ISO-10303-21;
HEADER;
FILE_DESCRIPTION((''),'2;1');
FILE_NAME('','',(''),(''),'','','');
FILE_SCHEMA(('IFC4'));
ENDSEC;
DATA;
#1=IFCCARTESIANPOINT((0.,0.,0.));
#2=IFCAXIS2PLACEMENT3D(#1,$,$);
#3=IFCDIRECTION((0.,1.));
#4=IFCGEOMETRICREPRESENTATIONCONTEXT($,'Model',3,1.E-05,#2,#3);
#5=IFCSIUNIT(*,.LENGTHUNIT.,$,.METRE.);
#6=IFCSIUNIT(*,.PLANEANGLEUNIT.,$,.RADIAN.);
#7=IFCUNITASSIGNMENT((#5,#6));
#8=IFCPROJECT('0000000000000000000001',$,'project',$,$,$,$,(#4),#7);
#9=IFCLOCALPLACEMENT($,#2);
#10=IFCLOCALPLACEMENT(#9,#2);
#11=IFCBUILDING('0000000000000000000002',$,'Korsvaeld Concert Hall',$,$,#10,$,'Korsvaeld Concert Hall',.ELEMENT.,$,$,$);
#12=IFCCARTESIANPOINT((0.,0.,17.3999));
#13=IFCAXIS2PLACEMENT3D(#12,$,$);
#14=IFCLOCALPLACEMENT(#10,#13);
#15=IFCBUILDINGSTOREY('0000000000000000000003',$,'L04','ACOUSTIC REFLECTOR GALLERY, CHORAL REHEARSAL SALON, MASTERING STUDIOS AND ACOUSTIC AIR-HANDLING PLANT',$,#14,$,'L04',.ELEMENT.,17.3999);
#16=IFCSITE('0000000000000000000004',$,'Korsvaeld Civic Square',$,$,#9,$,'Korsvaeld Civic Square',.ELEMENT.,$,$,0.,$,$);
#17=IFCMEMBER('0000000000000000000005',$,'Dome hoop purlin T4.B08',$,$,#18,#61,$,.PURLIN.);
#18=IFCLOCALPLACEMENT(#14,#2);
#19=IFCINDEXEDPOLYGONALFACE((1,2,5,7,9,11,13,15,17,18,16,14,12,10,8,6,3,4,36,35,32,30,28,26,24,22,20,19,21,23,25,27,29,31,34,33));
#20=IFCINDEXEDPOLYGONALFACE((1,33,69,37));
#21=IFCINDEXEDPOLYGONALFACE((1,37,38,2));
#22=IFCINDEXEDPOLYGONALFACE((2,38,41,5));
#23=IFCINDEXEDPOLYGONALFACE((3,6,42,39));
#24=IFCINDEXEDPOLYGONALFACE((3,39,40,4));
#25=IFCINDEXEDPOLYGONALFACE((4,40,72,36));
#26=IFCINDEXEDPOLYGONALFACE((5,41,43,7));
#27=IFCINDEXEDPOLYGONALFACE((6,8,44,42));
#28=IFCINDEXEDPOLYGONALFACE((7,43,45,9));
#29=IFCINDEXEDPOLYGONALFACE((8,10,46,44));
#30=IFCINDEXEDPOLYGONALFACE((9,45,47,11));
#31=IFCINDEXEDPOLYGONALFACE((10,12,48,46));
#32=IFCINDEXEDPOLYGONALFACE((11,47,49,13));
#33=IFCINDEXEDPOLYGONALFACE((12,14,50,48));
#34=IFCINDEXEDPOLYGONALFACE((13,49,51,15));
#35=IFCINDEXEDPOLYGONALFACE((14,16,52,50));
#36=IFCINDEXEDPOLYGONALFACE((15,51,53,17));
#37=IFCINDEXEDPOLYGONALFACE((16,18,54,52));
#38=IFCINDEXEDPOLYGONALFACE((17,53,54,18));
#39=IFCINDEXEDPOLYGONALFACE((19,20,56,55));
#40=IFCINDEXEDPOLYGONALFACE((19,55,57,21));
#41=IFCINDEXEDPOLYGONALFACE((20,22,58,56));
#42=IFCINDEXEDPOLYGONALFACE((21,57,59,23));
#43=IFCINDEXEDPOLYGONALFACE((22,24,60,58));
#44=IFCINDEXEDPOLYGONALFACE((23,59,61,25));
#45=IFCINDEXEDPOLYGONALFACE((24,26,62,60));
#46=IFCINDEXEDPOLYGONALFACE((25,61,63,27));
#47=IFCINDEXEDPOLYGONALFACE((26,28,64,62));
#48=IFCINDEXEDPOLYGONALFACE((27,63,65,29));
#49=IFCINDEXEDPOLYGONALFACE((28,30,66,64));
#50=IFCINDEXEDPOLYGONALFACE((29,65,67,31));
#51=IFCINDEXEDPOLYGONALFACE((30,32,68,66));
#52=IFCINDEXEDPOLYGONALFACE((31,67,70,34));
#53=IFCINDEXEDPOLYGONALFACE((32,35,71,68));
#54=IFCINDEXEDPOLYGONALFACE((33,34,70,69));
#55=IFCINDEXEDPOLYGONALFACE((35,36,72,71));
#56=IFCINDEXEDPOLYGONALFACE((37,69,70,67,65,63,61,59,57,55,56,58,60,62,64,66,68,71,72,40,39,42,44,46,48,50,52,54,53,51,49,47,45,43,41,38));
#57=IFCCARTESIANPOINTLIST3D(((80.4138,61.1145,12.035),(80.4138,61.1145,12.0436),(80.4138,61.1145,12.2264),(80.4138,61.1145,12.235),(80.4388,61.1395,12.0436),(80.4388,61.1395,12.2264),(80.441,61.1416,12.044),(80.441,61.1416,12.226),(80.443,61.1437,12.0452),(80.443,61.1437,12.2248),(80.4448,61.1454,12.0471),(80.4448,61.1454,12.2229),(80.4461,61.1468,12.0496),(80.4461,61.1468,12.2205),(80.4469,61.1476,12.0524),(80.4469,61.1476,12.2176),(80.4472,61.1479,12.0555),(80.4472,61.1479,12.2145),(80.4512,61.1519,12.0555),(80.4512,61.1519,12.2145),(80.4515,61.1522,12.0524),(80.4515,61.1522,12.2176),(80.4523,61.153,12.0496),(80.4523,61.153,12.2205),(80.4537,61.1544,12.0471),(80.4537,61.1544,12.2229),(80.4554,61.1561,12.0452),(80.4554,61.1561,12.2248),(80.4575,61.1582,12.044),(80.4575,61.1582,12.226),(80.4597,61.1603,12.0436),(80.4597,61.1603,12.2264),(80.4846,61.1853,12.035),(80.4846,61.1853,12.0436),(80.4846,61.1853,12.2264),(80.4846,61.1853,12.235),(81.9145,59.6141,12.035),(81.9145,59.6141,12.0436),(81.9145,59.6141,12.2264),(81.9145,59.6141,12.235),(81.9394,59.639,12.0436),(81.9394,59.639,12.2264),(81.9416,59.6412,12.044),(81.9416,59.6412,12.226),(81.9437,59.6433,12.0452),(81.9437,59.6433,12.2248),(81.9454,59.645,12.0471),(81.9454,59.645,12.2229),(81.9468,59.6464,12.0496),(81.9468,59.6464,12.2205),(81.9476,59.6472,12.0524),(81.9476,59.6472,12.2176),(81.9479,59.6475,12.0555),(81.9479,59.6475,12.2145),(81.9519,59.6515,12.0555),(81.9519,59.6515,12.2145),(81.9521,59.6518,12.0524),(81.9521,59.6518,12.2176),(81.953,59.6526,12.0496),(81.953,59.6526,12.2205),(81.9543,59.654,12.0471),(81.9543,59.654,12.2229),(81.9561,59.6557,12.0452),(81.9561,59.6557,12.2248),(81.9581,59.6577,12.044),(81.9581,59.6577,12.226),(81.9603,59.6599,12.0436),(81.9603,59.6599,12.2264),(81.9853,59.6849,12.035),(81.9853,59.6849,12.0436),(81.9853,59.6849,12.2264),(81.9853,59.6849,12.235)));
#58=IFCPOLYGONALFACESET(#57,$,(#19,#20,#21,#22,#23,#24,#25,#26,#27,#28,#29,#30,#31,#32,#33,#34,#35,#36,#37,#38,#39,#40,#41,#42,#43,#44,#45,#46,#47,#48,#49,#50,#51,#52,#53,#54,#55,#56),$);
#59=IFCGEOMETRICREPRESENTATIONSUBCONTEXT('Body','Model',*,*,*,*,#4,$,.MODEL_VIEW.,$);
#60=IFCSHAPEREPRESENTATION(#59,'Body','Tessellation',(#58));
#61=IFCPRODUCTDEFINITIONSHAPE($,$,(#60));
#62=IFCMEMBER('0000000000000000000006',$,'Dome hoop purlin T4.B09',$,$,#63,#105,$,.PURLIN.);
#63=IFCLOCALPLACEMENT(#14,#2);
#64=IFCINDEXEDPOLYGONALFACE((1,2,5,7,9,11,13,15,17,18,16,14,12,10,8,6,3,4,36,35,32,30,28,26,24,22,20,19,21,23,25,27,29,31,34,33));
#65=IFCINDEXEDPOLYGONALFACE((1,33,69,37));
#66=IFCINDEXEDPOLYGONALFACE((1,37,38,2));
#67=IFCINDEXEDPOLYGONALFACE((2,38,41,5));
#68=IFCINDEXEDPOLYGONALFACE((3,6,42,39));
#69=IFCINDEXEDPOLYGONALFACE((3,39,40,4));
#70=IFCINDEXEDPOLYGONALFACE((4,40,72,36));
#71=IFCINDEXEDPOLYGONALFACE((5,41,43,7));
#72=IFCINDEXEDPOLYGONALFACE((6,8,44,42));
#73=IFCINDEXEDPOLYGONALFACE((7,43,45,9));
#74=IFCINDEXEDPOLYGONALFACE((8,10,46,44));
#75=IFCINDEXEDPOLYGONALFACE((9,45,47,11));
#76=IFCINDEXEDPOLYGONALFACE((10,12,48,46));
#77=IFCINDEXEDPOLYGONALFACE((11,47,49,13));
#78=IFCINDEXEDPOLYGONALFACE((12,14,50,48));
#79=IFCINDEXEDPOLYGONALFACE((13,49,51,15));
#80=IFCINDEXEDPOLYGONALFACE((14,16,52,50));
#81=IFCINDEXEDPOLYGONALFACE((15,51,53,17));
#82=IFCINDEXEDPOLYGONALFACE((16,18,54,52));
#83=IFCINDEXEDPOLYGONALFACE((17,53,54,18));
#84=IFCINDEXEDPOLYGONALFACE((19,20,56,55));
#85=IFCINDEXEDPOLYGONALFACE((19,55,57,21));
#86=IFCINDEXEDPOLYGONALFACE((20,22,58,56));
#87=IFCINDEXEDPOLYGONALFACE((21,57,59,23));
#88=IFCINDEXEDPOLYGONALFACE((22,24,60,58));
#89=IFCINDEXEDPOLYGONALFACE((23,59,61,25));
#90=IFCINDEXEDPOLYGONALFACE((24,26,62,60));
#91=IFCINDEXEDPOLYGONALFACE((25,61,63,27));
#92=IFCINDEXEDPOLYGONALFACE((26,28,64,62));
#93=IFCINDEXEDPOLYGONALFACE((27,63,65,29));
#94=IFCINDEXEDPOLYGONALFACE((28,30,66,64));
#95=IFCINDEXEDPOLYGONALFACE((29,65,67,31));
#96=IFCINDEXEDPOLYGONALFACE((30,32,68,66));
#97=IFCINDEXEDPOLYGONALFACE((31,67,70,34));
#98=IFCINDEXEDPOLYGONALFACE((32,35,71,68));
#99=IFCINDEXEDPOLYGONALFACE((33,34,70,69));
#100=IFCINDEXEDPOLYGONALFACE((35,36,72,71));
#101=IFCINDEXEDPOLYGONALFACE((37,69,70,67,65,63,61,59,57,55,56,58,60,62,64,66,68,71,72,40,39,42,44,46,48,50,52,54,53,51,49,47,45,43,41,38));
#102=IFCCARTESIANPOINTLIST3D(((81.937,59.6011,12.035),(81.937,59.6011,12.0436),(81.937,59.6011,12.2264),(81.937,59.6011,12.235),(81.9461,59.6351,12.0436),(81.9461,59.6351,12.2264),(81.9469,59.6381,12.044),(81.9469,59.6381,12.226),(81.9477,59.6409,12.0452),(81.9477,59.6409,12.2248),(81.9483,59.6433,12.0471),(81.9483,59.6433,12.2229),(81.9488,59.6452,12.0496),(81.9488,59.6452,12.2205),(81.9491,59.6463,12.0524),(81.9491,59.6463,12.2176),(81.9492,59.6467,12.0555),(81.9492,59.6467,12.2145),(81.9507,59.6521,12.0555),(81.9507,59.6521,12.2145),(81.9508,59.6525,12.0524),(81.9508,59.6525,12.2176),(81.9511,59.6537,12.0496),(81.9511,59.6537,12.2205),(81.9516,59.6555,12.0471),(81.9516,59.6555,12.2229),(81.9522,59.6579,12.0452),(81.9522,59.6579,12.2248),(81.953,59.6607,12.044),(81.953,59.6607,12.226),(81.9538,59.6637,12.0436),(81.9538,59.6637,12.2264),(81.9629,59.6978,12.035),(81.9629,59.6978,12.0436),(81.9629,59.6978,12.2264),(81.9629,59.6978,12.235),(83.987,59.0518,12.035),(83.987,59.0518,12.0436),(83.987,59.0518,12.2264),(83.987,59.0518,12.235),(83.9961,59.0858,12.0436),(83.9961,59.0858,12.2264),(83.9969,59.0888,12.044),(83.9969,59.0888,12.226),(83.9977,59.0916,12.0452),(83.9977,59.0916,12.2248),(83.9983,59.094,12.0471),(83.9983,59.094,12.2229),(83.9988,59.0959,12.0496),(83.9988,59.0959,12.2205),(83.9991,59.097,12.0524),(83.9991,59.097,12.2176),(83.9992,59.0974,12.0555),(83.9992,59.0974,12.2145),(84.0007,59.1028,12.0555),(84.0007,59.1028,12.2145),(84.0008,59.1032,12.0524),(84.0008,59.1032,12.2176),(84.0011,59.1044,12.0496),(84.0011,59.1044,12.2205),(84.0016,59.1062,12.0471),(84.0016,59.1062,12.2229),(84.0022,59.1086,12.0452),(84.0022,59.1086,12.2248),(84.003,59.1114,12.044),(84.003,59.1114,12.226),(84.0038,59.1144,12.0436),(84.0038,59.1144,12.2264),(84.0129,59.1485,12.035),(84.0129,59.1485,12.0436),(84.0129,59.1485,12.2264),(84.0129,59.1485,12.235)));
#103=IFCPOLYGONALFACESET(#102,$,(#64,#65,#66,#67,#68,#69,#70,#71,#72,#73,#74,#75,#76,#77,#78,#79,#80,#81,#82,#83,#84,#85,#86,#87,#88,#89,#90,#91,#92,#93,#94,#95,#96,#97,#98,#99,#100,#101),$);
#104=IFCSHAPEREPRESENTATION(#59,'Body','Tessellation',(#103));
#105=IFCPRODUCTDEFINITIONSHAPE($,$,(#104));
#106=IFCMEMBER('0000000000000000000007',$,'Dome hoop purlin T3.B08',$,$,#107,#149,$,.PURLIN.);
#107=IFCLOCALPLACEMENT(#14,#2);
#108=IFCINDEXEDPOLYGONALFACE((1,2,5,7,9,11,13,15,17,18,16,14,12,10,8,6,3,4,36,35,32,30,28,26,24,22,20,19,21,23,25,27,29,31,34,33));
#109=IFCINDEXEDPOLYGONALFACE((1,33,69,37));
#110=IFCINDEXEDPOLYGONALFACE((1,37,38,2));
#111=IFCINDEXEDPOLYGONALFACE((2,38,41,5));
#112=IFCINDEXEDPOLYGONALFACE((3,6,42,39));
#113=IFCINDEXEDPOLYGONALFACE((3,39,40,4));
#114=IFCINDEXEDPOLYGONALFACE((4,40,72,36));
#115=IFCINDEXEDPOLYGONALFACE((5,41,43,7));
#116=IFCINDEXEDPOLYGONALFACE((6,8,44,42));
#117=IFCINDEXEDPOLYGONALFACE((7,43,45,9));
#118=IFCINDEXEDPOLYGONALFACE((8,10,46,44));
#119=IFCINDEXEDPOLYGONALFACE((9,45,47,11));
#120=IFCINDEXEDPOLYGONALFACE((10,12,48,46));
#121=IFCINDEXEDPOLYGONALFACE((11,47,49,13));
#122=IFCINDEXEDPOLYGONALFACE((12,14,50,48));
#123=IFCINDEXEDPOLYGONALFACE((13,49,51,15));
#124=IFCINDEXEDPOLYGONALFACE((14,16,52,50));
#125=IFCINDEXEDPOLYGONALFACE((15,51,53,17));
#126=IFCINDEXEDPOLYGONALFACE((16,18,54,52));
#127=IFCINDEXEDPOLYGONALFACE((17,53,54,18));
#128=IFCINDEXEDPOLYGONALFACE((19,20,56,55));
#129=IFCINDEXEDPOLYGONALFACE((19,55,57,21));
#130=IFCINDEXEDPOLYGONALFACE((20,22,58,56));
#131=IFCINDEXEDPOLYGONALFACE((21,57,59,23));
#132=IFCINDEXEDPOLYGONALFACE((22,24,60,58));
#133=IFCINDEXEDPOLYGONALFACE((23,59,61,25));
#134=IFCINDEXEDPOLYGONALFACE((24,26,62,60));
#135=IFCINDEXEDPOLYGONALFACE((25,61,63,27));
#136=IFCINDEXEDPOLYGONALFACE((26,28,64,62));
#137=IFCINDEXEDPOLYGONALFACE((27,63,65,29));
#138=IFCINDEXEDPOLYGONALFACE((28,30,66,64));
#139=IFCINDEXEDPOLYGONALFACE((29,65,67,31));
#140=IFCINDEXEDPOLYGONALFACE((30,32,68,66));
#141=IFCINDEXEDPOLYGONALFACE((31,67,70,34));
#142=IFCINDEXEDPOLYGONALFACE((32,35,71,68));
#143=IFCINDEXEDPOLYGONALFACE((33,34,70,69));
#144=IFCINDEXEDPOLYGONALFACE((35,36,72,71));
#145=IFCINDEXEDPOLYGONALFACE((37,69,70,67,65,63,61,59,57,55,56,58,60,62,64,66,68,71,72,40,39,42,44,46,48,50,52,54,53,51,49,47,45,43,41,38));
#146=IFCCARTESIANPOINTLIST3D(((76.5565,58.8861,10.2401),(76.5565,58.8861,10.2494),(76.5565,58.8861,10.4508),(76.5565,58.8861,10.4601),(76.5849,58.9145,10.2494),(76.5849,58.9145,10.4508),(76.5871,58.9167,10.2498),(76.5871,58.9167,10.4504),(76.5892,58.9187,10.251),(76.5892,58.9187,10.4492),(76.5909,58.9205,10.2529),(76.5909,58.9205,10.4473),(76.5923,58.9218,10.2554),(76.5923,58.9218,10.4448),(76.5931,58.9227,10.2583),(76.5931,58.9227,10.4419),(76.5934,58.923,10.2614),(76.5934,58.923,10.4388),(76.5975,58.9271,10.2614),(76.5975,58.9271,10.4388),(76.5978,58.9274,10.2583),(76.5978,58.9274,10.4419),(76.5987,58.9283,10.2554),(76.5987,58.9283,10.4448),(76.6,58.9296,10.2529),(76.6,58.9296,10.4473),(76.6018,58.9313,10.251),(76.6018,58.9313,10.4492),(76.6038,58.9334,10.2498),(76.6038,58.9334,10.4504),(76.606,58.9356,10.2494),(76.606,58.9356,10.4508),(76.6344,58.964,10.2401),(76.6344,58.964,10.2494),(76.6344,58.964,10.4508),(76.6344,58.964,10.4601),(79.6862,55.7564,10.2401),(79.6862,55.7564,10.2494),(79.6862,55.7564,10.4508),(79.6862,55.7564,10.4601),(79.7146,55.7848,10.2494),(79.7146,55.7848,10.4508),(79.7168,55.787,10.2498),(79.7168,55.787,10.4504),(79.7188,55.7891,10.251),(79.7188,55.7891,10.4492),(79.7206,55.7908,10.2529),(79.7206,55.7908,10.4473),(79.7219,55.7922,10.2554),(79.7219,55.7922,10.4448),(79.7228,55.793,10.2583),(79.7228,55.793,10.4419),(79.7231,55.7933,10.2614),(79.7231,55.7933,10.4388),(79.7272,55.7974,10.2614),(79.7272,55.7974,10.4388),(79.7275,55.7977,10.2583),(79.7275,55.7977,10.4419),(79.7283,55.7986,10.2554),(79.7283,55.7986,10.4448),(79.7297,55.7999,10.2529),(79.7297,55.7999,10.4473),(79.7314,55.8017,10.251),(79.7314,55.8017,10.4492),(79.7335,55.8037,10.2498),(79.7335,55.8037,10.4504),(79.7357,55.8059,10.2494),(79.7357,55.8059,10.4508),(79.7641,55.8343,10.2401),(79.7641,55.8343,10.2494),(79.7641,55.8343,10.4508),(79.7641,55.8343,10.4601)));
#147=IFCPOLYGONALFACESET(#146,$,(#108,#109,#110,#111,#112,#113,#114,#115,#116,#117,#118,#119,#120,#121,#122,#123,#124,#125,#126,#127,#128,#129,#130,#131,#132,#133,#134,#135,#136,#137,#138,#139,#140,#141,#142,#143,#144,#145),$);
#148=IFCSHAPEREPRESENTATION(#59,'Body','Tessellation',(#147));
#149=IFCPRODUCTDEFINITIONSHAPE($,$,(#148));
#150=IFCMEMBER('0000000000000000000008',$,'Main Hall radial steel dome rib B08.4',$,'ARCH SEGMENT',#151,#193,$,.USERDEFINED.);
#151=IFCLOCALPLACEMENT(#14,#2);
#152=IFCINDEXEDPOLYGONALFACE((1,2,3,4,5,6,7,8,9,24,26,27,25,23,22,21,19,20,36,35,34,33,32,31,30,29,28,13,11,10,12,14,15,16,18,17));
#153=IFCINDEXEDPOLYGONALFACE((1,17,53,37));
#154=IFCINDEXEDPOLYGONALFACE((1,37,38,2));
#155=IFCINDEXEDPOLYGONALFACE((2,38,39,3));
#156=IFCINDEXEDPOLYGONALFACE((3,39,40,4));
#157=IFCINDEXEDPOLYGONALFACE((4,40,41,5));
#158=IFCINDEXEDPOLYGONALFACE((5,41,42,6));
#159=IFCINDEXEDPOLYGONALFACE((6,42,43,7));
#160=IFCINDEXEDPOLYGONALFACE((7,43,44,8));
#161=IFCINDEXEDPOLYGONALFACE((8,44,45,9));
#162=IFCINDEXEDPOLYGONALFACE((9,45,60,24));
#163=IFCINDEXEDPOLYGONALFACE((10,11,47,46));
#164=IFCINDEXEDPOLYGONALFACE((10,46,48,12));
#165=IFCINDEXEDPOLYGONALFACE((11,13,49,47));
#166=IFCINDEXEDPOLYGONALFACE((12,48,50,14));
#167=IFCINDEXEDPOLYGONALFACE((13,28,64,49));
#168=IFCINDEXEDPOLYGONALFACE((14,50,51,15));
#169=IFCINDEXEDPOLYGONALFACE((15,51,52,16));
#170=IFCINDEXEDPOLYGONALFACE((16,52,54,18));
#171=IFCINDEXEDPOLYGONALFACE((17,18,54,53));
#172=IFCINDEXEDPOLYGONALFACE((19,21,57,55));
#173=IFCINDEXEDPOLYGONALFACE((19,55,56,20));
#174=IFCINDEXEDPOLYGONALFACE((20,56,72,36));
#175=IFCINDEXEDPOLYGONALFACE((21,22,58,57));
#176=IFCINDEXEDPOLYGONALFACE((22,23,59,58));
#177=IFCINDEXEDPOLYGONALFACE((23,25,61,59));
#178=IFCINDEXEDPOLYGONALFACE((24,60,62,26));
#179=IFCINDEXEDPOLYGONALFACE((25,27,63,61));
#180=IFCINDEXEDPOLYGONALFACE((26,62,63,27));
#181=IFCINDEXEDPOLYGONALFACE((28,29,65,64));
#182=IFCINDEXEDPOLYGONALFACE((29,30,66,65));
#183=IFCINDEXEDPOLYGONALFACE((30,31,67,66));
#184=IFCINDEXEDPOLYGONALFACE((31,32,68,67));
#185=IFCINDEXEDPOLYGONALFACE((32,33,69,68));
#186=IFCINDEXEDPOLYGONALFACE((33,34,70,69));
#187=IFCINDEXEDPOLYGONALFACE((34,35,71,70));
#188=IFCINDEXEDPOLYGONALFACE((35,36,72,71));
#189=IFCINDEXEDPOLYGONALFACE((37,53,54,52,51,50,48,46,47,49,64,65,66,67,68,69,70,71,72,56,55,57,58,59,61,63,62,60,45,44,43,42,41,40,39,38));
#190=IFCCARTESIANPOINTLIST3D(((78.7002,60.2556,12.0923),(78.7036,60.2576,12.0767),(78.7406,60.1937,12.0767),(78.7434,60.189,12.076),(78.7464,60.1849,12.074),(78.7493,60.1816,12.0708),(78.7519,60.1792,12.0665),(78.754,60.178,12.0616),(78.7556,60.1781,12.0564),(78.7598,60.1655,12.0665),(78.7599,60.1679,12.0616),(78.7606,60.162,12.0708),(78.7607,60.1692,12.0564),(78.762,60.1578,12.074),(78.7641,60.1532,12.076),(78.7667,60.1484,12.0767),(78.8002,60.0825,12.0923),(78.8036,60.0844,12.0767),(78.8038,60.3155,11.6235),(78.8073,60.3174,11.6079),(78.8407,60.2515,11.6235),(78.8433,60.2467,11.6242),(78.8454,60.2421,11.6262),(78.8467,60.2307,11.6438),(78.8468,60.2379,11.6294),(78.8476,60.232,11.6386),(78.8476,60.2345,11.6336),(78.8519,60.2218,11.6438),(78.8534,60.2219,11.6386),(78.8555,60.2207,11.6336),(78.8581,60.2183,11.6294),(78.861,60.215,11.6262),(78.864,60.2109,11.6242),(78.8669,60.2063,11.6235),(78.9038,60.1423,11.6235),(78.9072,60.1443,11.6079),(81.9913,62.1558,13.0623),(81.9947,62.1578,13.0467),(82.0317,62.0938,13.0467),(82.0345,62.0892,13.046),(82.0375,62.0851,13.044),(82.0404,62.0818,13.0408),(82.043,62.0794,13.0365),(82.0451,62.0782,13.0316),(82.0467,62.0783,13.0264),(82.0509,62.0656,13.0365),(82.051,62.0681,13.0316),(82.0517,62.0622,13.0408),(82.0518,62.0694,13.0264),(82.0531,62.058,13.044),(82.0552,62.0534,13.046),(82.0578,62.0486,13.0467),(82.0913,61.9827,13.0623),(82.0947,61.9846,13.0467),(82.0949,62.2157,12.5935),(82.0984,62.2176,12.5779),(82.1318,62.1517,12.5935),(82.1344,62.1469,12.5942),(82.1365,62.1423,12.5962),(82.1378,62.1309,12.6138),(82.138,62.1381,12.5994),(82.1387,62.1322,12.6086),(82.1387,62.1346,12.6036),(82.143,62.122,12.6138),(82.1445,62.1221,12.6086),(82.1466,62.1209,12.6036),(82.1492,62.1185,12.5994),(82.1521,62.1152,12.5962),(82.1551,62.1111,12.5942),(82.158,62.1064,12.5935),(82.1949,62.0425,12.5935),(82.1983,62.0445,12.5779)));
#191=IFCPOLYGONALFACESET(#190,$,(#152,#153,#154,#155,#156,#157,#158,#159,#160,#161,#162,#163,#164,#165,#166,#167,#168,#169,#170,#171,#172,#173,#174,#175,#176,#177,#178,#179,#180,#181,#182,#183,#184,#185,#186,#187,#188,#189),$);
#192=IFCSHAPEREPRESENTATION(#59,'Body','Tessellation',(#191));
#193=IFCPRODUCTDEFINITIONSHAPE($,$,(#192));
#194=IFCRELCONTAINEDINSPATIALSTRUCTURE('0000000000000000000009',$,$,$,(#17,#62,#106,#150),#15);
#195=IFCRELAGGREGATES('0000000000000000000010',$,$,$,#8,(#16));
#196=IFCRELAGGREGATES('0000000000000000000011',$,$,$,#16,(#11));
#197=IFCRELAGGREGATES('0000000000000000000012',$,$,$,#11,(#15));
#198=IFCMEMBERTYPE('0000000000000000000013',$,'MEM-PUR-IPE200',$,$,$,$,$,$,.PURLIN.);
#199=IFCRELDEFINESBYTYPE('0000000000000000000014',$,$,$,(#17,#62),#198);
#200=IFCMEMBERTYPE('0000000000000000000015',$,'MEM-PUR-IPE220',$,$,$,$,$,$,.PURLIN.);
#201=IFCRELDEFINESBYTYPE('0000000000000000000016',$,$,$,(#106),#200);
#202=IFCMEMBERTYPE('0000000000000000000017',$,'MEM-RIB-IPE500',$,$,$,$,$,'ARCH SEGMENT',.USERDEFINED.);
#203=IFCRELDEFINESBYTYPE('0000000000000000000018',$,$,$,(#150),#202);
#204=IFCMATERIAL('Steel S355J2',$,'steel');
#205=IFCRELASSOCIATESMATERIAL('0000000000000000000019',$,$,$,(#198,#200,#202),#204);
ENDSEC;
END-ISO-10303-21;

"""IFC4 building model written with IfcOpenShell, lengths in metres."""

from ifc_helpers import new_model, si_unit, direction, frame, origin, origin_2d, place, context, subcontext, project, spatial, i_section, extrude, material, material_profile, profile_set, type_object, element, save


model = new_model("IFC4")

# Units and contexts
model_context = context("Model", 3, precision=1e-05, world=origin(), true_north=direction((0.0, 1.0)))
body_context = subcontext(model_context, "Body", "Model", "MODEL_VIEW")
ifc_project = project(units=[si_unit("LENGTHUNIT", "METRE"), si_unit("PLANEANGLEUNIT", "RADIAN")], contexts=[model_context])

# Site, building, storey
site_placement = place(None, origin())
site = spatial("IfcSite", under=ifc_project, at=site_placement, Name="Korsvaeld Civic Square", LongName="Korsvaeld Civic Square", CompositionType="ELEMENT", RefElevation=0.0)
building_placement = place(site_placement, origin())
building = spatial("IfcBuilding", under=site, at=building_placement, Name="Korsvaeld Concert Hall", LongName="Korsvaeld Concert Hall", CompositionType="ELEMENT")
storey_placement = place(building_placement, frame((0.0, 0.0, 17.3999)))
storey = spatial("IfcBuildingStorey", under=building, at=storey_placement, Name="L04", Description="ACOUSTIC REFLECTOR GALLERY, CHORAL REHEARSAL SALON, MASTERING STUDIOS AND ACOUSTIC AIR-HANDLING PLANT", LongName="L04", CompositionType="ELEMENT", Elevation=17.3999)

# Shared definitions
ifc_material_1 = material(Name="Steel S355J2", Category="steel")

# Members
ifc_material_profile_1 = material_profile(ifc_material_1, i_section(OverallWidth=0.1001, OverallDepth=0.2, WebThickness=0.0056, FlangeThickness=0.0085, FilletRadius=0.012, at=origin_2d()), Name="IPE 200")
ifc_profile_set_1 = profile_set([ifc_material_profile_1], Name="Steel S355J2")
member_type_1 = type_object("IfcMemberType", Name="MEM-PUR-IPE200", PredefinedType="PURLIN", material=ifc_profile_set_1)
member_1_placement = place(storey_placement, frame((80.4492, 61.1499, 12.135), z_axis=(0.707164, -0.707049, 0.0), x_axis=(0.707049, 0.707164, 0.0)))
element("IfcMember", 1, at=member_1_placement, inside=storey, type_object=member_type_1, Name="Dome hoop purlin T4.B08", PredefinedType="PURLIN", context=body_context, shape_type="SweptSolid", body=[
    extrude(i_section(OverallWidth=0.1001, OverallDepth=0.2, WebThickness=0.0056, FlangeThickness=0.0085, FilletRadius=0.012, at=origin_2d()), origin(), (0.0, 0.0, 1.0), 2.1221),
])
member_2_placement = place(storey_placement, frame((81.95, 59.6494, 12.135), z_axis=(0.965925, -0.258822, 0.0), x_axis=(0.258822, 0.965925, 0.0)))
element("IfcMember", 2, at=member_2_placement, inside=storey, type_object=member_type_1, Name="Dome hoop purlin T4.B09", PredefinedType="PURLIN", context=body_context, shape_type="SweptSolid", body=[
    extrude(i_section(OverallWidth=0.1001, OverallDepth=0.2, WebThickness=0.0056, FlangeThickness=0.0085, FilletRadius=0.012, at=origin_2d()), origin(), (0.0, 0.0, 1.0), 2.1223),
])
ifc_material_profile_2 = material_profile(ifc_material_1, i_section(OverallWidth=0.1101, OverallDepth=0.22, WebThickness=0.0059, FlangeThickness=0.0093, FilletRadius=0.012, at=origin_2d()), Name="IPE 220")
ifc_profile_set_2 = profile_set([ifc_material_profile_2], Name="Steel S355J2")
member_type_2 = type_object("IfcMemberType", Name="MEM-PUR-IPE220", PredefinedType="PURLIN", material=ifc_profile_set_2)
member_3_placement = place(storey_placement, frame((76.5955, 58.925, 10.3501), z_axis=(0.707107, -0.707107, 0.0), x_axis=(0.707107, 0.707107, 0.0)))
element("IfcMember", 3, at=member_3_placement, inside=storey, type_object=member_type_2, Name="Dome hoop purlin T3.B08", PredefinedType="PURLIN", context=body_context, shape_type="SweptSolid", body=[
    extrude(i_section(OverallWidth=0.1101, OverallDepth=0.22, WebThickness=0.0059, FlangeThickness=0.0093, FilletRadius=0.012, at=origin_2d()), origin(), (0.0, 0.0, 1.0), 4.426),
])
ifc_material_profile_3 = material_profile(ifc_material_1, i_section(OverallWidth=0.2, OverallDepth=0.5, WebThickness=0.0103, FlangeThickness=0.0161, FilletRadius=0.021, at=origin_2d()), Name="IPE 500")
ifc_profile_set_3 = profile_set([ifc_material_profile_3], Name="Steel S355J2")
member_type_3 = type_object("IfcMemberType", Name="MEM-RIB-IPE500", ElementType="ARCH SEGMENT", PredefinedType="USERDEFINED", material=ifc_profile_set_3)
member_4_placement = place(storey_placement, frame((78.8037, 60.2, 11.8501), z_axis=(0.839114, 0.484482, 0.247315), x_axis=(-0.500015, 0.866017, 0.0)))
element("IfcMember", 4, at=member_4_placement, inside=storey, type_object=member_type_3, Name="Main Hall radial steel dome rib B08.4", ObjectType="ARCH SEGMENT", PredefinedType="USERDEFINED", context=body_context, shape_type="SweptSolid", body=[
    extrude(i_section(OverallWidth=0.2, OverallDepth=0.5, WebThickness=0.0103, FlangeThickness=0.0161, FilletRadius=0.021, at=origin_2d()), origin(), (0.0, 0.0, 1.0), 3.9221),
])

save(model, "model.ifc")
